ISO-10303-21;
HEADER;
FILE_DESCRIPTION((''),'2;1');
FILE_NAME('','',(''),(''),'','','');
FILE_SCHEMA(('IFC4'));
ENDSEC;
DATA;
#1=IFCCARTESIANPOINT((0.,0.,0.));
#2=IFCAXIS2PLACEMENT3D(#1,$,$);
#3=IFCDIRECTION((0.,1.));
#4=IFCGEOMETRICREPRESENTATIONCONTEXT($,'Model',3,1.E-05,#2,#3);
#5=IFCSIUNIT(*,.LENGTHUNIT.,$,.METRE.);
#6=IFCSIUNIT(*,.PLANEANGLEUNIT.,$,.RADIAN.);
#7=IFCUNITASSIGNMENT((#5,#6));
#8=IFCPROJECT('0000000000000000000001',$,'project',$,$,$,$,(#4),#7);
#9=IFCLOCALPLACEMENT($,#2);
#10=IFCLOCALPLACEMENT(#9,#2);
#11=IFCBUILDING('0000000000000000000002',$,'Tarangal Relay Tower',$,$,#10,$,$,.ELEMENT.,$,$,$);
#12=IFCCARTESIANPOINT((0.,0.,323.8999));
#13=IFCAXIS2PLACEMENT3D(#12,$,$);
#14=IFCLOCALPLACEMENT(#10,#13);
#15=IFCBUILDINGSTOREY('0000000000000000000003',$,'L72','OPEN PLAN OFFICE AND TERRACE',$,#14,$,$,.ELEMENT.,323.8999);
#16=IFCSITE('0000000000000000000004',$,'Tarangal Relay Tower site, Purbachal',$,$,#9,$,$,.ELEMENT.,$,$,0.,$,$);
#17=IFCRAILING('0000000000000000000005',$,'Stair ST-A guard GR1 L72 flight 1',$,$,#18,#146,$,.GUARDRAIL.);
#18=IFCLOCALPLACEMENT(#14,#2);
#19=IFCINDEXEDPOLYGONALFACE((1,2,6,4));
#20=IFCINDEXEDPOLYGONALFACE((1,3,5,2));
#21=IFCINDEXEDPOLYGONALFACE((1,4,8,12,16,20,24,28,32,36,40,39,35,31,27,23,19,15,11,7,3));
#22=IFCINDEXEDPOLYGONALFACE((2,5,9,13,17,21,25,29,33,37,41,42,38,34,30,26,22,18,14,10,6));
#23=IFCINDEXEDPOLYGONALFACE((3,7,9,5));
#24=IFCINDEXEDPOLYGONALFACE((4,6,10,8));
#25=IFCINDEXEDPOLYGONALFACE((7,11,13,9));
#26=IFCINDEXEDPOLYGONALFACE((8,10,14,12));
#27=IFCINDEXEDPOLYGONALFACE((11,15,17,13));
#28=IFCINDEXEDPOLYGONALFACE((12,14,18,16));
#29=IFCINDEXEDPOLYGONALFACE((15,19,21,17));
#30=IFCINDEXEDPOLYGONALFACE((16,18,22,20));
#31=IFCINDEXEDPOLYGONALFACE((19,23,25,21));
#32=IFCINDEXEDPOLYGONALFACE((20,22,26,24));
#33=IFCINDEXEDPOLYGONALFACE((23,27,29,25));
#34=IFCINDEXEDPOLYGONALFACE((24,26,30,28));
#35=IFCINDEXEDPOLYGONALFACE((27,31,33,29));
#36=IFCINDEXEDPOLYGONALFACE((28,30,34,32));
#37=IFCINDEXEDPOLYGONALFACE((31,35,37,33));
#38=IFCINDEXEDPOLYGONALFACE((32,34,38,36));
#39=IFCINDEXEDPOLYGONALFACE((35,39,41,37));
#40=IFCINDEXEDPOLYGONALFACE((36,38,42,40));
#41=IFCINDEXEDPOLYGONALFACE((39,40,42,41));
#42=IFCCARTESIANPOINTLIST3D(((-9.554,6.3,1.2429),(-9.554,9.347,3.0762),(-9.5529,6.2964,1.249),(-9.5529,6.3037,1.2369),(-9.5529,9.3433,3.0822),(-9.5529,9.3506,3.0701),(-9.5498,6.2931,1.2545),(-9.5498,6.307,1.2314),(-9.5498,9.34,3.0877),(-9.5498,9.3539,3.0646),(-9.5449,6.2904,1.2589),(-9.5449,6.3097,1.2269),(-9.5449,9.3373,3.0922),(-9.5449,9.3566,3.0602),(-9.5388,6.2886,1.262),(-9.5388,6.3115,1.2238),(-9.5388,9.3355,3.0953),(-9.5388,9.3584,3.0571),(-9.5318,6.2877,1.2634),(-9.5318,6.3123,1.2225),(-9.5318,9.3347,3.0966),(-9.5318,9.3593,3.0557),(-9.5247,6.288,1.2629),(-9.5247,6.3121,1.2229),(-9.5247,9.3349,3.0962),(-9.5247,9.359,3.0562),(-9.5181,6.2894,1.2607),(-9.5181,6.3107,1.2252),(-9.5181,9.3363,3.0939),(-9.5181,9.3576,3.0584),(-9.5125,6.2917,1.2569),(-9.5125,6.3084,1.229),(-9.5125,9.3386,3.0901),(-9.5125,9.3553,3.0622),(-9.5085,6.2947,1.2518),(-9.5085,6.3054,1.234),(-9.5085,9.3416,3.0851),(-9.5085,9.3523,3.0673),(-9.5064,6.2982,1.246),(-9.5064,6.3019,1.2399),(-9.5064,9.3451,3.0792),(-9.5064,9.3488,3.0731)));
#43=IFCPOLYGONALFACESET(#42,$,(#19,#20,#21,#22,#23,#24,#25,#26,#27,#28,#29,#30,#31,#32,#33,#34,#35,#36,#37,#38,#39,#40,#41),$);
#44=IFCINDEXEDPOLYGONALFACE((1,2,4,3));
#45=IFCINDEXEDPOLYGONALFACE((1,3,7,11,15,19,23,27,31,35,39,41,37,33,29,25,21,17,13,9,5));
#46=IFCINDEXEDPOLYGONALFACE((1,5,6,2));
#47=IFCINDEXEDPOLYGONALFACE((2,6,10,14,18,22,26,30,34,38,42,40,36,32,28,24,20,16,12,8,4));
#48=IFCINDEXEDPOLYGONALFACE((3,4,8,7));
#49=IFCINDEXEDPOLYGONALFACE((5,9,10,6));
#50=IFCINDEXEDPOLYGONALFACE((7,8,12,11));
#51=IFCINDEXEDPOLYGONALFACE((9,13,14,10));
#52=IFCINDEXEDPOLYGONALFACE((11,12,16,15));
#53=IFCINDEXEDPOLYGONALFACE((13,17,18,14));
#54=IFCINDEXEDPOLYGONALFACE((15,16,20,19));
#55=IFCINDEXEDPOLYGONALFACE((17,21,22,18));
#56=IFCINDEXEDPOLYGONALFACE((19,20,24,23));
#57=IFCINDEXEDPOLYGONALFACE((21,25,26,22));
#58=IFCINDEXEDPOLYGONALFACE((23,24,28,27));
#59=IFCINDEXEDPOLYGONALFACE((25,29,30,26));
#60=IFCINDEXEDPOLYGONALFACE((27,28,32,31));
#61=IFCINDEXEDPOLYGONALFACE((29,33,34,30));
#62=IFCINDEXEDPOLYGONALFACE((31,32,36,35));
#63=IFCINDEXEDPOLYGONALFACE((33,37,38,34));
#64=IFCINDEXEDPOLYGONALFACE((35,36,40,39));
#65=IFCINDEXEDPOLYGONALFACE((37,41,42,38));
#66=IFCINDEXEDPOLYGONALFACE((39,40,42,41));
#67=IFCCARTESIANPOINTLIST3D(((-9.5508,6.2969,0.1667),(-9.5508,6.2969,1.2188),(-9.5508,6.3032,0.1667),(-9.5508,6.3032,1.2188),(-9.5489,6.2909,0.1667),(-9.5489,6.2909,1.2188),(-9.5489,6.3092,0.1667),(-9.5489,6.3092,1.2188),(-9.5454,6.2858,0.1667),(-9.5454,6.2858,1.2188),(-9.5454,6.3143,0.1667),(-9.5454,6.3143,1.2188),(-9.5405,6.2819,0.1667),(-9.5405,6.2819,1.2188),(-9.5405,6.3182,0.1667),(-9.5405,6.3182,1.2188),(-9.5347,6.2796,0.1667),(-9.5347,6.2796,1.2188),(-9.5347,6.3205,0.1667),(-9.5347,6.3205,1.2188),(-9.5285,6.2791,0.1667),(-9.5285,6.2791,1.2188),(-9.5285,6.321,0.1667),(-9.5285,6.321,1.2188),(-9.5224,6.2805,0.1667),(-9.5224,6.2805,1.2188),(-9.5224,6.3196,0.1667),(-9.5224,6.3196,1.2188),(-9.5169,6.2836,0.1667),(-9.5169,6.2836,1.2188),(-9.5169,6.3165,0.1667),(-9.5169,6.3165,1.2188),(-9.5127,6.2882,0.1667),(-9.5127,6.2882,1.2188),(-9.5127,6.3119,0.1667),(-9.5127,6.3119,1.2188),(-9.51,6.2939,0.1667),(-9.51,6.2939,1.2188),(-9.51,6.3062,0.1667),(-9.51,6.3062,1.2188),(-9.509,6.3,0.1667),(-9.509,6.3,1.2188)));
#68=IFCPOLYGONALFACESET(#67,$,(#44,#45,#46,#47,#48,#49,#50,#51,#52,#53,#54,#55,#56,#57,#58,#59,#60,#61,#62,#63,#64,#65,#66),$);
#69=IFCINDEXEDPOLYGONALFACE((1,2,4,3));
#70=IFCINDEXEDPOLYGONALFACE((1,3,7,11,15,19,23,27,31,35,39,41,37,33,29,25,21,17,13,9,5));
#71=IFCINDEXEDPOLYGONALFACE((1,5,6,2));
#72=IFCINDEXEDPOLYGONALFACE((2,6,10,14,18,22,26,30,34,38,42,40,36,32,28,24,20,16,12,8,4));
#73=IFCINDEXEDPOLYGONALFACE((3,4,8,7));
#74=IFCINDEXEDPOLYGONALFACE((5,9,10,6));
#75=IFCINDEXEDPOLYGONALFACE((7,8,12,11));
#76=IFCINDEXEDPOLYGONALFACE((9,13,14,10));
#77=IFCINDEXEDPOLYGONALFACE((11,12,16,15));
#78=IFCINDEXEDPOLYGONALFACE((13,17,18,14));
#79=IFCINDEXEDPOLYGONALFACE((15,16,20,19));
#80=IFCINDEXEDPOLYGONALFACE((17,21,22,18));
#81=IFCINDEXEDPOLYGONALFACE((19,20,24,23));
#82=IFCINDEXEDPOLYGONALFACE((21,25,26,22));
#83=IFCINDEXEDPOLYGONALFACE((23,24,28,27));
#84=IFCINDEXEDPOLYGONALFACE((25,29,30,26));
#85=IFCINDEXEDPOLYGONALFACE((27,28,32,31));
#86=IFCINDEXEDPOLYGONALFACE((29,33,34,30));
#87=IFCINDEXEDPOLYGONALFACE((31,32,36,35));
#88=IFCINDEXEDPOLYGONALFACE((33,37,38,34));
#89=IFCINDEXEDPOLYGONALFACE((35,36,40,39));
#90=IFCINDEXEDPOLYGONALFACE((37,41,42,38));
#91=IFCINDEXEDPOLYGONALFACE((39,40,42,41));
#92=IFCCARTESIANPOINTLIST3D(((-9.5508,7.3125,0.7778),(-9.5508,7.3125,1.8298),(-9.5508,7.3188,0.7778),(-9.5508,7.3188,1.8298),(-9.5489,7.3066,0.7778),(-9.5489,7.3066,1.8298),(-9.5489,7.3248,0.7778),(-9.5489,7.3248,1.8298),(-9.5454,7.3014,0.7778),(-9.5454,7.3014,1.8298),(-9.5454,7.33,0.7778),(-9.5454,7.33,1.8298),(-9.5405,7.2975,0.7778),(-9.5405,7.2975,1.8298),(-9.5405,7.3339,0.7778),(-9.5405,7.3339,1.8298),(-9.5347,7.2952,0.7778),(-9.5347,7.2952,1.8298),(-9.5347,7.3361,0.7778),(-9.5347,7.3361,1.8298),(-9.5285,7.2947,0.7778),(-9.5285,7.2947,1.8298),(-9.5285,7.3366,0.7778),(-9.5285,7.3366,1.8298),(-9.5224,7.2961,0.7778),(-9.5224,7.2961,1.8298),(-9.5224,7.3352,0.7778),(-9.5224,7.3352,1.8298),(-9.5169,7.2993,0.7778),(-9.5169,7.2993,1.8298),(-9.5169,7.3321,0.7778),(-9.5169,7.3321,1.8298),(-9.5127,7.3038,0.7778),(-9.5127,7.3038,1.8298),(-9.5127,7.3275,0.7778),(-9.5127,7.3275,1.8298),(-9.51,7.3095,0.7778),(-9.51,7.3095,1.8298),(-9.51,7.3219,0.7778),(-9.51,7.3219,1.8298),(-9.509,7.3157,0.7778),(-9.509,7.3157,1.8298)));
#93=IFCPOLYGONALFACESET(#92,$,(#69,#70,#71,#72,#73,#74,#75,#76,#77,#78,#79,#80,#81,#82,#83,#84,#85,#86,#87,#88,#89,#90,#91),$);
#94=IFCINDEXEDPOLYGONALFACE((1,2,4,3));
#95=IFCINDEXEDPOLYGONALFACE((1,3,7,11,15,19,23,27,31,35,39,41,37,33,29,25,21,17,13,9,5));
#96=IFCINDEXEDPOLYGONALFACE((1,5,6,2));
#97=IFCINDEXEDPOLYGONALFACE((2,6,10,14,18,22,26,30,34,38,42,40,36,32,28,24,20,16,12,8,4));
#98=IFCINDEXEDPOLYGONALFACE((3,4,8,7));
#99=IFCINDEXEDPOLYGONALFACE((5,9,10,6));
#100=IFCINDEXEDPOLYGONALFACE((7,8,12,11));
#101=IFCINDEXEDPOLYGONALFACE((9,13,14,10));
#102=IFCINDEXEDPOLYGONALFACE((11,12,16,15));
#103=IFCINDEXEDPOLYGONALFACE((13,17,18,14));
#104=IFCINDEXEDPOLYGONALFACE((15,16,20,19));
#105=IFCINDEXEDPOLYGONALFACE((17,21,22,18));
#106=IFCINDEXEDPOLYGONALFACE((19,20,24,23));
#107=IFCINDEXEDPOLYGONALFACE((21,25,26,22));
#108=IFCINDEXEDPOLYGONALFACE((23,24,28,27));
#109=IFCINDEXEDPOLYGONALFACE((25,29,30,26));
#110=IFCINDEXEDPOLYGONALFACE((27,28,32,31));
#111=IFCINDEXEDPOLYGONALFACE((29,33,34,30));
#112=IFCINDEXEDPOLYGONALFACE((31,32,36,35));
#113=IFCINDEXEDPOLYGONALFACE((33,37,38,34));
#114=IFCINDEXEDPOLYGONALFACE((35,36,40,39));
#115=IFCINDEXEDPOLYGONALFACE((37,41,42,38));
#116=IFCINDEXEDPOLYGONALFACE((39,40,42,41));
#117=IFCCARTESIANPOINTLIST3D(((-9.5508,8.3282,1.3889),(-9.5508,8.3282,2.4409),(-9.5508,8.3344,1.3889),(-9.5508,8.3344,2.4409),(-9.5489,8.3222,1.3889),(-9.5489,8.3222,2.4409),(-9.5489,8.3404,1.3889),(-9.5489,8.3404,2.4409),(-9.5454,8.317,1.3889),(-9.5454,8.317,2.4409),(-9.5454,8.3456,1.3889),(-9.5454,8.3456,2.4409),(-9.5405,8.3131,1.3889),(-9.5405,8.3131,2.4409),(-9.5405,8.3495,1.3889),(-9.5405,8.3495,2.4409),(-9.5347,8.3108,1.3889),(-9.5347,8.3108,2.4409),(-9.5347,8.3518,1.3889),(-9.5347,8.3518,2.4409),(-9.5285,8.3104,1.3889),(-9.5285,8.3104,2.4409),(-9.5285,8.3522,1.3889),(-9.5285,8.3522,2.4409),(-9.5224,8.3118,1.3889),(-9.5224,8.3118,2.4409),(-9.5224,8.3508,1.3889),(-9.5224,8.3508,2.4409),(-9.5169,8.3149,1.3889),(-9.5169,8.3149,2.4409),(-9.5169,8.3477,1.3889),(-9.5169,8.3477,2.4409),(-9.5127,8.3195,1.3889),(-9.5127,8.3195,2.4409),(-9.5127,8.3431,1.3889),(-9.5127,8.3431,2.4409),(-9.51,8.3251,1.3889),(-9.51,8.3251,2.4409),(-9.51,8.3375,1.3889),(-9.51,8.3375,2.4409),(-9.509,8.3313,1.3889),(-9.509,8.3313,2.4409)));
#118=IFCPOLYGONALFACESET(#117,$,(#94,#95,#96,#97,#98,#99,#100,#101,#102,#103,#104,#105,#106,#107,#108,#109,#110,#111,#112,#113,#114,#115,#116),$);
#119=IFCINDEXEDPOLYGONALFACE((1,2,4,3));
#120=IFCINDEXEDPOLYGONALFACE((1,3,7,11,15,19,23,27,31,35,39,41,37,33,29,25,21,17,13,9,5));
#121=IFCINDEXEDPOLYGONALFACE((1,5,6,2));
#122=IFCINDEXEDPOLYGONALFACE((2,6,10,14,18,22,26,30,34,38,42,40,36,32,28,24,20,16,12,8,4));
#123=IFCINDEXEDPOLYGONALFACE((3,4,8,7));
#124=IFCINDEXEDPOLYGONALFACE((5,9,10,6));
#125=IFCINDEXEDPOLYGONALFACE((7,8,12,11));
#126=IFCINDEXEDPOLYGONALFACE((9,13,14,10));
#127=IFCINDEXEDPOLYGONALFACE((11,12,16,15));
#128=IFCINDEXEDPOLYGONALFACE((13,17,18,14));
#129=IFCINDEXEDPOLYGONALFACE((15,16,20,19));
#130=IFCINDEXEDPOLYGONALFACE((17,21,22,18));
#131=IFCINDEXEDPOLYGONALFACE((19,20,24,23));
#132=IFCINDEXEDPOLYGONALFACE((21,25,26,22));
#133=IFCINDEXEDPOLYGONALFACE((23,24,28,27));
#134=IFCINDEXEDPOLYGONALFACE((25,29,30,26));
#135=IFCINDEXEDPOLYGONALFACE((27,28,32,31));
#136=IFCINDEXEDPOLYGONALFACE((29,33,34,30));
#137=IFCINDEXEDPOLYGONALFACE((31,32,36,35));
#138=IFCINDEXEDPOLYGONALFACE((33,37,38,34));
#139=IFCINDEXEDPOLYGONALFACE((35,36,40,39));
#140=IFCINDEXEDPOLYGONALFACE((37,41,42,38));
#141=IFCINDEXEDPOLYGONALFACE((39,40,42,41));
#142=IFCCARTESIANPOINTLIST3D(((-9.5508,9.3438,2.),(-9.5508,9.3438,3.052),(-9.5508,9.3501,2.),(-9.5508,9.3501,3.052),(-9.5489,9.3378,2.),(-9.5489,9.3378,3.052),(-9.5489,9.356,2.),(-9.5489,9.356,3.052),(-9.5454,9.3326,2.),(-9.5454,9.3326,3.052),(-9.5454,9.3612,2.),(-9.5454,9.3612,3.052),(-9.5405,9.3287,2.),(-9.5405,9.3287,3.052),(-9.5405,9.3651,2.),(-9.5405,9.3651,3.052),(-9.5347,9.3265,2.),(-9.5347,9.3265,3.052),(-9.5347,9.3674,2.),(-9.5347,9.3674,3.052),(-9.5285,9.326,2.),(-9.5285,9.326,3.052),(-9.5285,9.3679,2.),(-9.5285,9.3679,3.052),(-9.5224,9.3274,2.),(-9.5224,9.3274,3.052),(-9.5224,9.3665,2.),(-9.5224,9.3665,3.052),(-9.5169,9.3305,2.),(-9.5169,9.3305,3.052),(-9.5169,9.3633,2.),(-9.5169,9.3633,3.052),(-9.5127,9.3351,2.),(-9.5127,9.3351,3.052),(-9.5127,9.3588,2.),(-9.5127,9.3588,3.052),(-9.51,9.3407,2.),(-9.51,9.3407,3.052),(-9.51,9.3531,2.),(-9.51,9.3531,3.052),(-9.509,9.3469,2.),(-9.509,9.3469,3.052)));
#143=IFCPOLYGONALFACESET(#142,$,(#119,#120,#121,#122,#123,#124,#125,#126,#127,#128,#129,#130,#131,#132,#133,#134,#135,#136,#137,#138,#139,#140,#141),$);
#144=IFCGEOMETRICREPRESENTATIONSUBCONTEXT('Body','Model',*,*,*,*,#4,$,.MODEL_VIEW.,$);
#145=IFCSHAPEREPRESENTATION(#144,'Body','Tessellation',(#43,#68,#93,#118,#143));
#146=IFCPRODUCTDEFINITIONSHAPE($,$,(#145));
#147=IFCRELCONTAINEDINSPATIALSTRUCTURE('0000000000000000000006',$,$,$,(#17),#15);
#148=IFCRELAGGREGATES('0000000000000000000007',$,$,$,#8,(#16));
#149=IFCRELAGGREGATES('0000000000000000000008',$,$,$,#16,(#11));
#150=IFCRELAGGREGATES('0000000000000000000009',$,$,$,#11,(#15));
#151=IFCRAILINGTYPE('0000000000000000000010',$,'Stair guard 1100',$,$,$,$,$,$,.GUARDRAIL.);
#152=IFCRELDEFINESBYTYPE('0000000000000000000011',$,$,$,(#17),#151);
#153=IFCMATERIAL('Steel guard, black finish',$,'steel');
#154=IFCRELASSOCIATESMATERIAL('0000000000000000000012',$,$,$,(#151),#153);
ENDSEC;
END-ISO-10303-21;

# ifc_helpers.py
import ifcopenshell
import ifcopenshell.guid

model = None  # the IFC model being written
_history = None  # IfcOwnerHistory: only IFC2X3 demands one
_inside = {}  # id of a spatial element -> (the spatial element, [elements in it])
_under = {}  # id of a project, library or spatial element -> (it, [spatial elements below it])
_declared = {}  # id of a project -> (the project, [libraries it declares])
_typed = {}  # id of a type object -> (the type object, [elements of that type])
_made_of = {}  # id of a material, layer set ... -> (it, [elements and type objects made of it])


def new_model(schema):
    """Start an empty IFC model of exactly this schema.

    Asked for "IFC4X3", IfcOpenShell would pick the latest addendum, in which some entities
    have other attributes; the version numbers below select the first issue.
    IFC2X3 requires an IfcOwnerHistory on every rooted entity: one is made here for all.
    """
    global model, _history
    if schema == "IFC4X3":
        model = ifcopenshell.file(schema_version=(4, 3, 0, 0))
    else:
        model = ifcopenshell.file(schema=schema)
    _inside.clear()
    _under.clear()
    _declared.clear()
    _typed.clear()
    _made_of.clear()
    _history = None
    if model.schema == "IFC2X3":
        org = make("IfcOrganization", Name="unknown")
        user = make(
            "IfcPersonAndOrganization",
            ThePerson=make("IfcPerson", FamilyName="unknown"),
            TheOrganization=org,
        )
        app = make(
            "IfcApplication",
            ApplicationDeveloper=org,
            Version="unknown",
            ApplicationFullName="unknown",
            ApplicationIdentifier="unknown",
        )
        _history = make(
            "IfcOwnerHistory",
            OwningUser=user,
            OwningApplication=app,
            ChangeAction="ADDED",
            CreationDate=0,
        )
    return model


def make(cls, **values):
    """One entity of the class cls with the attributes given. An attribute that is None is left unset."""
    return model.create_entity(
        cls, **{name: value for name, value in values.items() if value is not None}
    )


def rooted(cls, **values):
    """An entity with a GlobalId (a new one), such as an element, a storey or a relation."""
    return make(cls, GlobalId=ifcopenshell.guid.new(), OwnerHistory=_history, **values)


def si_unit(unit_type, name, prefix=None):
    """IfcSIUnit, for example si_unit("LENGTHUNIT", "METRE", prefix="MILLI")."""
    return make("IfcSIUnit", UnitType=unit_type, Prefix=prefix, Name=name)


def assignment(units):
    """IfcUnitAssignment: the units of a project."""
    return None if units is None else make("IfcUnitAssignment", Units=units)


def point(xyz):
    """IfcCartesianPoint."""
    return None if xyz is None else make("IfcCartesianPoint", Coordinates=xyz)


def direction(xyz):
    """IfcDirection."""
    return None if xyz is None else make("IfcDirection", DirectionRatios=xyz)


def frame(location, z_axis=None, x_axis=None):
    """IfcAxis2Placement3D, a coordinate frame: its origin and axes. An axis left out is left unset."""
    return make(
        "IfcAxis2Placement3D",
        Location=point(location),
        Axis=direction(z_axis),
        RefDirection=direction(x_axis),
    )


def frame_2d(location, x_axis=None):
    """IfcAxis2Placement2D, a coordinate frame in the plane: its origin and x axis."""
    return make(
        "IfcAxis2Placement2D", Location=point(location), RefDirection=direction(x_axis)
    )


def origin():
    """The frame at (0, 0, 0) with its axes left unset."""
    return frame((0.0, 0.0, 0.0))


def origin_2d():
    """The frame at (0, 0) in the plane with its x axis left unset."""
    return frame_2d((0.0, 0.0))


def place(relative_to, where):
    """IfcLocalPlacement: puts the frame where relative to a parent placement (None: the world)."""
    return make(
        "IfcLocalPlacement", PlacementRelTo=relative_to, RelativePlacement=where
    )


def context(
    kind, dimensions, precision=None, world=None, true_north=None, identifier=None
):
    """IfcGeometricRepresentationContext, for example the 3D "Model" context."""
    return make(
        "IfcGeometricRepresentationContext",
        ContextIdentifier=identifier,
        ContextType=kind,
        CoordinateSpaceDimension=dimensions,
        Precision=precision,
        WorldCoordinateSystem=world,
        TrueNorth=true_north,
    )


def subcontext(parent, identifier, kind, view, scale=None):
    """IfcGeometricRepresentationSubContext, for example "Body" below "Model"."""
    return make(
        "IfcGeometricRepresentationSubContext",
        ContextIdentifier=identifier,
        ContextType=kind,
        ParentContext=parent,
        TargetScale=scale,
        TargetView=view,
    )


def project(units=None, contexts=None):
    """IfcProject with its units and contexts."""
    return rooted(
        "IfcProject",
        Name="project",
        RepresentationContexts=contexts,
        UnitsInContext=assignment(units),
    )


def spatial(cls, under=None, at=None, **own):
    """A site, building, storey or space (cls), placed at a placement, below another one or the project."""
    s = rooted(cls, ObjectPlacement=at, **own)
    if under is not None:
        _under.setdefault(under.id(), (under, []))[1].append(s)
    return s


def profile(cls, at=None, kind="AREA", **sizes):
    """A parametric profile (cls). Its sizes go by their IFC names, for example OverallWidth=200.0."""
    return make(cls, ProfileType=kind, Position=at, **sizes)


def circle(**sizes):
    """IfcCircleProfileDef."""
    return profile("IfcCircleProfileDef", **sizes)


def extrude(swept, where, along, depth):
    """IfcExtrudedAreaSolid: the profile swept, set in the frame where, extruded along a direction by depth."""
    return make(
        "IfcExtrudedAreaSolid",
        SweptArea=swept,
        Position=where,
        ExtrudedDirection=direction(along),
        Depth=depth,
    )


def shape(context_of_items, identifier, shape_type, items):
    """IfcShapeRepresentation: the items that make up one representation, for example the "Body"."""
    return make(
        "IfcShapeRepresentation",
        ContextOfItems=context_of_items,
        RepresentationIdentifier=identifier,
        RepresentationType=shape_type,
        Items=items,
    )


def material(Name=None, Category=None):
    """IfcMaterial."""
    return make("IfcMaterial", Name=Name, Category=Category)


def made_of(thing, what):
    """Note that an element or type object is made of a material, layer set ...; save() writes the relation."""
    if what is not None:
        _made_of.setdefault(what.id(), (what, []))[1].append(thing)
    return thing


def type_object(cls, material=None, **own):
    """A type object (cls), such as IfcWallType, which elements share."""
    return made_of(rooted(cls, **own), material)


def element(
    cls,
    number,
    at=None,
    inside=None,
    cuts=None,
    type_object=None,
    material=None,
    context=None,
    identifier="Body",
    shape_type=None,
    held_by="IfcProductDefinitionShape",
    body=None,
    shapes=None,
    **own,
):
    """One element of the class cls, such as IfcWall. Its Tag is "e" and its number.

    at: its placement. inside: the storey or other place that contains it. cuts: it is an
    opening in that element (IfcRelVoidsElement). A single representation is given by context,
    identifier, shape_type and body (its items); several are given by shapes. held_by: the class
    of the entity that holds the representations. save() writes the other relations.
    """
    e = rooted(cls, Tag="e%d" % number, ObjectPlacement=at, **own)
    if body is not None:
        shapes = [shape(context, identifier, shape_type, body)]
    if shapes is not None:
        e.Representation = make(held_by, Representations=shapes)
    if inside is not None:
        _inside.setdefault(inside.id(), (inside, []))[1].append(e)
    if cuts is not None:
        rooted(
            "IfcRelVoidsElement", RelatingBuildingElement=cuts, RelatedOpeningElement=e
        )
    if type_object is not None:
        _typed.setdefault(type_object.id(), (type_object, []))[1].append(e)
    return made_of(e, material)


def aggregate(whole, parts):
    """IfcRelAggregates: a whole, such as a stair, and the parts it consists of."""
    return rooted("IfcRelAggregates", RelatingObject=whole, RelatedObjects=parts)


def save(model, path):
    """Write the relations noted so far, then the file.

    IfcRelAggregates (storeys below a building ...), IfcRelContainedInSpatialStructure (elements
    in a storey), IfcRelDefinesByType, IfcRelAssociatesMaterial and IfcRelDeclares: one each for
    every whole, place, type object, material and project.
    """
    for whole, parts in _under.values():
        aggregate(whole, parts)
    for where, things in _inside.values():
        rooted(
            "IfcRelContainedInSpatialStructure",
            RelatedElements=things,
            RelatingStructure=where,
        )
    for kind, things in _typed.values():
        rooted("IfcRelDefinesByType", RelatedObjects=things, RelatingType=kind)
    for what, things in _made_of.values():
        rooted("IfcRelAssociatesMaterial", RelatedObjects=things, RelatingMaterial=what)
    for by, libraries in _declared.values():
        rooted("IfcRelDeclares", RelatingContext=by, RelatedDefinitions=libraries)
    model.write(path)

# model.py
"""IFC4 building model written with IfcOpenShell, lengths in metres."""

from ifc_helpers import new_model, si_unit, direction, frame, origin, origin_2d, place, context, subcontext, project, spatial, circle, extrude, material, type_object, element, save


model = new_model("IFC4")

# Units and contexts
model_context = context("Model", 3, precision=1e-05, world=origin(), true_north=direction((0.0, 1.0)))
body_context = subcontext(model_context, "Body", "Model", "MODEL_VIEW")
ifc_project = project(units=[si_unit("LENGTHUNIT", "METRE"), si_unit("PLANEANGLEUNIT", "RADIAN")], contexts=[model_context])

# Site, building, storey
site_placement = place(None, origin())
site = spatial("IfcSite", under=ifc_project, at=site_placement, Name="Tarangal Relay Tower site, Purbachal", CompositionType="ELEMENT", RefElevation=0.0)
building_placement = place(site_placement, origin())
building = spatial("IfcBuilding", under=site, at=building_placement, Name="Tarangal Relay Tower", CompositionType="ELEMENT")
storey_placement = place(building_placement, frame((0.0, 0.0, 323.8999)))
storey = spatial("IfcBuildingStorey", under=building, at=storey_placement, Name="L72", Description="OPEN PLAN OFFICE AND TERRACE", CompositionType="ELEMENT", Elevation=323.8999)

# Railing
ifc_material_1 = material(Name="Steel guard, black finish", Category="steel")
railing_type_1 = type_object("IfcRailingType", Name="Stair guard 1100", PredefinedType="GUARDRAIL", material=ifc_material_1)
railing_1_placement = place(storey_placement, frame((-9.53, 6.3, 0.1667)))
element("IfcRailing", 1, at=railing_1_placement, inside=storey, type_object=railing_type_1, Name="Stair ST-A guard GR1 L72 flight 1", PredefinedType="GUARDRAIL", context=body_context, shape_type="SweptSolid", body=[
    extrude(circle(Radius=0.0239, at=origin_2d()), frame((0.0, 0.0, 1.0762), z_axis=(0.0, 0.856856, 0.515556), x_axis=(-1.0, 0.0, 0.0)), (0.0, 0.0, 1.0), 3.5559),
    extrude(circle(Radius=0.021, at=origin_2d()), origin(), (0.0, 0.0, 1.0), 1.052),
    extrude(circle(Radius=0.021, at=origin_2d()), frame((0.0, 1.0156, 0.6111)), (0.0, 0.0, 1.0), 1.052),
    extrude(circle(Radius=0.021, at=origin_2d()), frame((0.0, 2.0312, 1.2222)), (0.0, 0.0, 1.0), 1.052),
    extrude(circle(Radius=0.021, at=origin_2d()), frame((0.0, 3.0469, 1.8333)), (0.0, 0.0, 1.0), 1.052),
])

save(model, "model.ifc")
